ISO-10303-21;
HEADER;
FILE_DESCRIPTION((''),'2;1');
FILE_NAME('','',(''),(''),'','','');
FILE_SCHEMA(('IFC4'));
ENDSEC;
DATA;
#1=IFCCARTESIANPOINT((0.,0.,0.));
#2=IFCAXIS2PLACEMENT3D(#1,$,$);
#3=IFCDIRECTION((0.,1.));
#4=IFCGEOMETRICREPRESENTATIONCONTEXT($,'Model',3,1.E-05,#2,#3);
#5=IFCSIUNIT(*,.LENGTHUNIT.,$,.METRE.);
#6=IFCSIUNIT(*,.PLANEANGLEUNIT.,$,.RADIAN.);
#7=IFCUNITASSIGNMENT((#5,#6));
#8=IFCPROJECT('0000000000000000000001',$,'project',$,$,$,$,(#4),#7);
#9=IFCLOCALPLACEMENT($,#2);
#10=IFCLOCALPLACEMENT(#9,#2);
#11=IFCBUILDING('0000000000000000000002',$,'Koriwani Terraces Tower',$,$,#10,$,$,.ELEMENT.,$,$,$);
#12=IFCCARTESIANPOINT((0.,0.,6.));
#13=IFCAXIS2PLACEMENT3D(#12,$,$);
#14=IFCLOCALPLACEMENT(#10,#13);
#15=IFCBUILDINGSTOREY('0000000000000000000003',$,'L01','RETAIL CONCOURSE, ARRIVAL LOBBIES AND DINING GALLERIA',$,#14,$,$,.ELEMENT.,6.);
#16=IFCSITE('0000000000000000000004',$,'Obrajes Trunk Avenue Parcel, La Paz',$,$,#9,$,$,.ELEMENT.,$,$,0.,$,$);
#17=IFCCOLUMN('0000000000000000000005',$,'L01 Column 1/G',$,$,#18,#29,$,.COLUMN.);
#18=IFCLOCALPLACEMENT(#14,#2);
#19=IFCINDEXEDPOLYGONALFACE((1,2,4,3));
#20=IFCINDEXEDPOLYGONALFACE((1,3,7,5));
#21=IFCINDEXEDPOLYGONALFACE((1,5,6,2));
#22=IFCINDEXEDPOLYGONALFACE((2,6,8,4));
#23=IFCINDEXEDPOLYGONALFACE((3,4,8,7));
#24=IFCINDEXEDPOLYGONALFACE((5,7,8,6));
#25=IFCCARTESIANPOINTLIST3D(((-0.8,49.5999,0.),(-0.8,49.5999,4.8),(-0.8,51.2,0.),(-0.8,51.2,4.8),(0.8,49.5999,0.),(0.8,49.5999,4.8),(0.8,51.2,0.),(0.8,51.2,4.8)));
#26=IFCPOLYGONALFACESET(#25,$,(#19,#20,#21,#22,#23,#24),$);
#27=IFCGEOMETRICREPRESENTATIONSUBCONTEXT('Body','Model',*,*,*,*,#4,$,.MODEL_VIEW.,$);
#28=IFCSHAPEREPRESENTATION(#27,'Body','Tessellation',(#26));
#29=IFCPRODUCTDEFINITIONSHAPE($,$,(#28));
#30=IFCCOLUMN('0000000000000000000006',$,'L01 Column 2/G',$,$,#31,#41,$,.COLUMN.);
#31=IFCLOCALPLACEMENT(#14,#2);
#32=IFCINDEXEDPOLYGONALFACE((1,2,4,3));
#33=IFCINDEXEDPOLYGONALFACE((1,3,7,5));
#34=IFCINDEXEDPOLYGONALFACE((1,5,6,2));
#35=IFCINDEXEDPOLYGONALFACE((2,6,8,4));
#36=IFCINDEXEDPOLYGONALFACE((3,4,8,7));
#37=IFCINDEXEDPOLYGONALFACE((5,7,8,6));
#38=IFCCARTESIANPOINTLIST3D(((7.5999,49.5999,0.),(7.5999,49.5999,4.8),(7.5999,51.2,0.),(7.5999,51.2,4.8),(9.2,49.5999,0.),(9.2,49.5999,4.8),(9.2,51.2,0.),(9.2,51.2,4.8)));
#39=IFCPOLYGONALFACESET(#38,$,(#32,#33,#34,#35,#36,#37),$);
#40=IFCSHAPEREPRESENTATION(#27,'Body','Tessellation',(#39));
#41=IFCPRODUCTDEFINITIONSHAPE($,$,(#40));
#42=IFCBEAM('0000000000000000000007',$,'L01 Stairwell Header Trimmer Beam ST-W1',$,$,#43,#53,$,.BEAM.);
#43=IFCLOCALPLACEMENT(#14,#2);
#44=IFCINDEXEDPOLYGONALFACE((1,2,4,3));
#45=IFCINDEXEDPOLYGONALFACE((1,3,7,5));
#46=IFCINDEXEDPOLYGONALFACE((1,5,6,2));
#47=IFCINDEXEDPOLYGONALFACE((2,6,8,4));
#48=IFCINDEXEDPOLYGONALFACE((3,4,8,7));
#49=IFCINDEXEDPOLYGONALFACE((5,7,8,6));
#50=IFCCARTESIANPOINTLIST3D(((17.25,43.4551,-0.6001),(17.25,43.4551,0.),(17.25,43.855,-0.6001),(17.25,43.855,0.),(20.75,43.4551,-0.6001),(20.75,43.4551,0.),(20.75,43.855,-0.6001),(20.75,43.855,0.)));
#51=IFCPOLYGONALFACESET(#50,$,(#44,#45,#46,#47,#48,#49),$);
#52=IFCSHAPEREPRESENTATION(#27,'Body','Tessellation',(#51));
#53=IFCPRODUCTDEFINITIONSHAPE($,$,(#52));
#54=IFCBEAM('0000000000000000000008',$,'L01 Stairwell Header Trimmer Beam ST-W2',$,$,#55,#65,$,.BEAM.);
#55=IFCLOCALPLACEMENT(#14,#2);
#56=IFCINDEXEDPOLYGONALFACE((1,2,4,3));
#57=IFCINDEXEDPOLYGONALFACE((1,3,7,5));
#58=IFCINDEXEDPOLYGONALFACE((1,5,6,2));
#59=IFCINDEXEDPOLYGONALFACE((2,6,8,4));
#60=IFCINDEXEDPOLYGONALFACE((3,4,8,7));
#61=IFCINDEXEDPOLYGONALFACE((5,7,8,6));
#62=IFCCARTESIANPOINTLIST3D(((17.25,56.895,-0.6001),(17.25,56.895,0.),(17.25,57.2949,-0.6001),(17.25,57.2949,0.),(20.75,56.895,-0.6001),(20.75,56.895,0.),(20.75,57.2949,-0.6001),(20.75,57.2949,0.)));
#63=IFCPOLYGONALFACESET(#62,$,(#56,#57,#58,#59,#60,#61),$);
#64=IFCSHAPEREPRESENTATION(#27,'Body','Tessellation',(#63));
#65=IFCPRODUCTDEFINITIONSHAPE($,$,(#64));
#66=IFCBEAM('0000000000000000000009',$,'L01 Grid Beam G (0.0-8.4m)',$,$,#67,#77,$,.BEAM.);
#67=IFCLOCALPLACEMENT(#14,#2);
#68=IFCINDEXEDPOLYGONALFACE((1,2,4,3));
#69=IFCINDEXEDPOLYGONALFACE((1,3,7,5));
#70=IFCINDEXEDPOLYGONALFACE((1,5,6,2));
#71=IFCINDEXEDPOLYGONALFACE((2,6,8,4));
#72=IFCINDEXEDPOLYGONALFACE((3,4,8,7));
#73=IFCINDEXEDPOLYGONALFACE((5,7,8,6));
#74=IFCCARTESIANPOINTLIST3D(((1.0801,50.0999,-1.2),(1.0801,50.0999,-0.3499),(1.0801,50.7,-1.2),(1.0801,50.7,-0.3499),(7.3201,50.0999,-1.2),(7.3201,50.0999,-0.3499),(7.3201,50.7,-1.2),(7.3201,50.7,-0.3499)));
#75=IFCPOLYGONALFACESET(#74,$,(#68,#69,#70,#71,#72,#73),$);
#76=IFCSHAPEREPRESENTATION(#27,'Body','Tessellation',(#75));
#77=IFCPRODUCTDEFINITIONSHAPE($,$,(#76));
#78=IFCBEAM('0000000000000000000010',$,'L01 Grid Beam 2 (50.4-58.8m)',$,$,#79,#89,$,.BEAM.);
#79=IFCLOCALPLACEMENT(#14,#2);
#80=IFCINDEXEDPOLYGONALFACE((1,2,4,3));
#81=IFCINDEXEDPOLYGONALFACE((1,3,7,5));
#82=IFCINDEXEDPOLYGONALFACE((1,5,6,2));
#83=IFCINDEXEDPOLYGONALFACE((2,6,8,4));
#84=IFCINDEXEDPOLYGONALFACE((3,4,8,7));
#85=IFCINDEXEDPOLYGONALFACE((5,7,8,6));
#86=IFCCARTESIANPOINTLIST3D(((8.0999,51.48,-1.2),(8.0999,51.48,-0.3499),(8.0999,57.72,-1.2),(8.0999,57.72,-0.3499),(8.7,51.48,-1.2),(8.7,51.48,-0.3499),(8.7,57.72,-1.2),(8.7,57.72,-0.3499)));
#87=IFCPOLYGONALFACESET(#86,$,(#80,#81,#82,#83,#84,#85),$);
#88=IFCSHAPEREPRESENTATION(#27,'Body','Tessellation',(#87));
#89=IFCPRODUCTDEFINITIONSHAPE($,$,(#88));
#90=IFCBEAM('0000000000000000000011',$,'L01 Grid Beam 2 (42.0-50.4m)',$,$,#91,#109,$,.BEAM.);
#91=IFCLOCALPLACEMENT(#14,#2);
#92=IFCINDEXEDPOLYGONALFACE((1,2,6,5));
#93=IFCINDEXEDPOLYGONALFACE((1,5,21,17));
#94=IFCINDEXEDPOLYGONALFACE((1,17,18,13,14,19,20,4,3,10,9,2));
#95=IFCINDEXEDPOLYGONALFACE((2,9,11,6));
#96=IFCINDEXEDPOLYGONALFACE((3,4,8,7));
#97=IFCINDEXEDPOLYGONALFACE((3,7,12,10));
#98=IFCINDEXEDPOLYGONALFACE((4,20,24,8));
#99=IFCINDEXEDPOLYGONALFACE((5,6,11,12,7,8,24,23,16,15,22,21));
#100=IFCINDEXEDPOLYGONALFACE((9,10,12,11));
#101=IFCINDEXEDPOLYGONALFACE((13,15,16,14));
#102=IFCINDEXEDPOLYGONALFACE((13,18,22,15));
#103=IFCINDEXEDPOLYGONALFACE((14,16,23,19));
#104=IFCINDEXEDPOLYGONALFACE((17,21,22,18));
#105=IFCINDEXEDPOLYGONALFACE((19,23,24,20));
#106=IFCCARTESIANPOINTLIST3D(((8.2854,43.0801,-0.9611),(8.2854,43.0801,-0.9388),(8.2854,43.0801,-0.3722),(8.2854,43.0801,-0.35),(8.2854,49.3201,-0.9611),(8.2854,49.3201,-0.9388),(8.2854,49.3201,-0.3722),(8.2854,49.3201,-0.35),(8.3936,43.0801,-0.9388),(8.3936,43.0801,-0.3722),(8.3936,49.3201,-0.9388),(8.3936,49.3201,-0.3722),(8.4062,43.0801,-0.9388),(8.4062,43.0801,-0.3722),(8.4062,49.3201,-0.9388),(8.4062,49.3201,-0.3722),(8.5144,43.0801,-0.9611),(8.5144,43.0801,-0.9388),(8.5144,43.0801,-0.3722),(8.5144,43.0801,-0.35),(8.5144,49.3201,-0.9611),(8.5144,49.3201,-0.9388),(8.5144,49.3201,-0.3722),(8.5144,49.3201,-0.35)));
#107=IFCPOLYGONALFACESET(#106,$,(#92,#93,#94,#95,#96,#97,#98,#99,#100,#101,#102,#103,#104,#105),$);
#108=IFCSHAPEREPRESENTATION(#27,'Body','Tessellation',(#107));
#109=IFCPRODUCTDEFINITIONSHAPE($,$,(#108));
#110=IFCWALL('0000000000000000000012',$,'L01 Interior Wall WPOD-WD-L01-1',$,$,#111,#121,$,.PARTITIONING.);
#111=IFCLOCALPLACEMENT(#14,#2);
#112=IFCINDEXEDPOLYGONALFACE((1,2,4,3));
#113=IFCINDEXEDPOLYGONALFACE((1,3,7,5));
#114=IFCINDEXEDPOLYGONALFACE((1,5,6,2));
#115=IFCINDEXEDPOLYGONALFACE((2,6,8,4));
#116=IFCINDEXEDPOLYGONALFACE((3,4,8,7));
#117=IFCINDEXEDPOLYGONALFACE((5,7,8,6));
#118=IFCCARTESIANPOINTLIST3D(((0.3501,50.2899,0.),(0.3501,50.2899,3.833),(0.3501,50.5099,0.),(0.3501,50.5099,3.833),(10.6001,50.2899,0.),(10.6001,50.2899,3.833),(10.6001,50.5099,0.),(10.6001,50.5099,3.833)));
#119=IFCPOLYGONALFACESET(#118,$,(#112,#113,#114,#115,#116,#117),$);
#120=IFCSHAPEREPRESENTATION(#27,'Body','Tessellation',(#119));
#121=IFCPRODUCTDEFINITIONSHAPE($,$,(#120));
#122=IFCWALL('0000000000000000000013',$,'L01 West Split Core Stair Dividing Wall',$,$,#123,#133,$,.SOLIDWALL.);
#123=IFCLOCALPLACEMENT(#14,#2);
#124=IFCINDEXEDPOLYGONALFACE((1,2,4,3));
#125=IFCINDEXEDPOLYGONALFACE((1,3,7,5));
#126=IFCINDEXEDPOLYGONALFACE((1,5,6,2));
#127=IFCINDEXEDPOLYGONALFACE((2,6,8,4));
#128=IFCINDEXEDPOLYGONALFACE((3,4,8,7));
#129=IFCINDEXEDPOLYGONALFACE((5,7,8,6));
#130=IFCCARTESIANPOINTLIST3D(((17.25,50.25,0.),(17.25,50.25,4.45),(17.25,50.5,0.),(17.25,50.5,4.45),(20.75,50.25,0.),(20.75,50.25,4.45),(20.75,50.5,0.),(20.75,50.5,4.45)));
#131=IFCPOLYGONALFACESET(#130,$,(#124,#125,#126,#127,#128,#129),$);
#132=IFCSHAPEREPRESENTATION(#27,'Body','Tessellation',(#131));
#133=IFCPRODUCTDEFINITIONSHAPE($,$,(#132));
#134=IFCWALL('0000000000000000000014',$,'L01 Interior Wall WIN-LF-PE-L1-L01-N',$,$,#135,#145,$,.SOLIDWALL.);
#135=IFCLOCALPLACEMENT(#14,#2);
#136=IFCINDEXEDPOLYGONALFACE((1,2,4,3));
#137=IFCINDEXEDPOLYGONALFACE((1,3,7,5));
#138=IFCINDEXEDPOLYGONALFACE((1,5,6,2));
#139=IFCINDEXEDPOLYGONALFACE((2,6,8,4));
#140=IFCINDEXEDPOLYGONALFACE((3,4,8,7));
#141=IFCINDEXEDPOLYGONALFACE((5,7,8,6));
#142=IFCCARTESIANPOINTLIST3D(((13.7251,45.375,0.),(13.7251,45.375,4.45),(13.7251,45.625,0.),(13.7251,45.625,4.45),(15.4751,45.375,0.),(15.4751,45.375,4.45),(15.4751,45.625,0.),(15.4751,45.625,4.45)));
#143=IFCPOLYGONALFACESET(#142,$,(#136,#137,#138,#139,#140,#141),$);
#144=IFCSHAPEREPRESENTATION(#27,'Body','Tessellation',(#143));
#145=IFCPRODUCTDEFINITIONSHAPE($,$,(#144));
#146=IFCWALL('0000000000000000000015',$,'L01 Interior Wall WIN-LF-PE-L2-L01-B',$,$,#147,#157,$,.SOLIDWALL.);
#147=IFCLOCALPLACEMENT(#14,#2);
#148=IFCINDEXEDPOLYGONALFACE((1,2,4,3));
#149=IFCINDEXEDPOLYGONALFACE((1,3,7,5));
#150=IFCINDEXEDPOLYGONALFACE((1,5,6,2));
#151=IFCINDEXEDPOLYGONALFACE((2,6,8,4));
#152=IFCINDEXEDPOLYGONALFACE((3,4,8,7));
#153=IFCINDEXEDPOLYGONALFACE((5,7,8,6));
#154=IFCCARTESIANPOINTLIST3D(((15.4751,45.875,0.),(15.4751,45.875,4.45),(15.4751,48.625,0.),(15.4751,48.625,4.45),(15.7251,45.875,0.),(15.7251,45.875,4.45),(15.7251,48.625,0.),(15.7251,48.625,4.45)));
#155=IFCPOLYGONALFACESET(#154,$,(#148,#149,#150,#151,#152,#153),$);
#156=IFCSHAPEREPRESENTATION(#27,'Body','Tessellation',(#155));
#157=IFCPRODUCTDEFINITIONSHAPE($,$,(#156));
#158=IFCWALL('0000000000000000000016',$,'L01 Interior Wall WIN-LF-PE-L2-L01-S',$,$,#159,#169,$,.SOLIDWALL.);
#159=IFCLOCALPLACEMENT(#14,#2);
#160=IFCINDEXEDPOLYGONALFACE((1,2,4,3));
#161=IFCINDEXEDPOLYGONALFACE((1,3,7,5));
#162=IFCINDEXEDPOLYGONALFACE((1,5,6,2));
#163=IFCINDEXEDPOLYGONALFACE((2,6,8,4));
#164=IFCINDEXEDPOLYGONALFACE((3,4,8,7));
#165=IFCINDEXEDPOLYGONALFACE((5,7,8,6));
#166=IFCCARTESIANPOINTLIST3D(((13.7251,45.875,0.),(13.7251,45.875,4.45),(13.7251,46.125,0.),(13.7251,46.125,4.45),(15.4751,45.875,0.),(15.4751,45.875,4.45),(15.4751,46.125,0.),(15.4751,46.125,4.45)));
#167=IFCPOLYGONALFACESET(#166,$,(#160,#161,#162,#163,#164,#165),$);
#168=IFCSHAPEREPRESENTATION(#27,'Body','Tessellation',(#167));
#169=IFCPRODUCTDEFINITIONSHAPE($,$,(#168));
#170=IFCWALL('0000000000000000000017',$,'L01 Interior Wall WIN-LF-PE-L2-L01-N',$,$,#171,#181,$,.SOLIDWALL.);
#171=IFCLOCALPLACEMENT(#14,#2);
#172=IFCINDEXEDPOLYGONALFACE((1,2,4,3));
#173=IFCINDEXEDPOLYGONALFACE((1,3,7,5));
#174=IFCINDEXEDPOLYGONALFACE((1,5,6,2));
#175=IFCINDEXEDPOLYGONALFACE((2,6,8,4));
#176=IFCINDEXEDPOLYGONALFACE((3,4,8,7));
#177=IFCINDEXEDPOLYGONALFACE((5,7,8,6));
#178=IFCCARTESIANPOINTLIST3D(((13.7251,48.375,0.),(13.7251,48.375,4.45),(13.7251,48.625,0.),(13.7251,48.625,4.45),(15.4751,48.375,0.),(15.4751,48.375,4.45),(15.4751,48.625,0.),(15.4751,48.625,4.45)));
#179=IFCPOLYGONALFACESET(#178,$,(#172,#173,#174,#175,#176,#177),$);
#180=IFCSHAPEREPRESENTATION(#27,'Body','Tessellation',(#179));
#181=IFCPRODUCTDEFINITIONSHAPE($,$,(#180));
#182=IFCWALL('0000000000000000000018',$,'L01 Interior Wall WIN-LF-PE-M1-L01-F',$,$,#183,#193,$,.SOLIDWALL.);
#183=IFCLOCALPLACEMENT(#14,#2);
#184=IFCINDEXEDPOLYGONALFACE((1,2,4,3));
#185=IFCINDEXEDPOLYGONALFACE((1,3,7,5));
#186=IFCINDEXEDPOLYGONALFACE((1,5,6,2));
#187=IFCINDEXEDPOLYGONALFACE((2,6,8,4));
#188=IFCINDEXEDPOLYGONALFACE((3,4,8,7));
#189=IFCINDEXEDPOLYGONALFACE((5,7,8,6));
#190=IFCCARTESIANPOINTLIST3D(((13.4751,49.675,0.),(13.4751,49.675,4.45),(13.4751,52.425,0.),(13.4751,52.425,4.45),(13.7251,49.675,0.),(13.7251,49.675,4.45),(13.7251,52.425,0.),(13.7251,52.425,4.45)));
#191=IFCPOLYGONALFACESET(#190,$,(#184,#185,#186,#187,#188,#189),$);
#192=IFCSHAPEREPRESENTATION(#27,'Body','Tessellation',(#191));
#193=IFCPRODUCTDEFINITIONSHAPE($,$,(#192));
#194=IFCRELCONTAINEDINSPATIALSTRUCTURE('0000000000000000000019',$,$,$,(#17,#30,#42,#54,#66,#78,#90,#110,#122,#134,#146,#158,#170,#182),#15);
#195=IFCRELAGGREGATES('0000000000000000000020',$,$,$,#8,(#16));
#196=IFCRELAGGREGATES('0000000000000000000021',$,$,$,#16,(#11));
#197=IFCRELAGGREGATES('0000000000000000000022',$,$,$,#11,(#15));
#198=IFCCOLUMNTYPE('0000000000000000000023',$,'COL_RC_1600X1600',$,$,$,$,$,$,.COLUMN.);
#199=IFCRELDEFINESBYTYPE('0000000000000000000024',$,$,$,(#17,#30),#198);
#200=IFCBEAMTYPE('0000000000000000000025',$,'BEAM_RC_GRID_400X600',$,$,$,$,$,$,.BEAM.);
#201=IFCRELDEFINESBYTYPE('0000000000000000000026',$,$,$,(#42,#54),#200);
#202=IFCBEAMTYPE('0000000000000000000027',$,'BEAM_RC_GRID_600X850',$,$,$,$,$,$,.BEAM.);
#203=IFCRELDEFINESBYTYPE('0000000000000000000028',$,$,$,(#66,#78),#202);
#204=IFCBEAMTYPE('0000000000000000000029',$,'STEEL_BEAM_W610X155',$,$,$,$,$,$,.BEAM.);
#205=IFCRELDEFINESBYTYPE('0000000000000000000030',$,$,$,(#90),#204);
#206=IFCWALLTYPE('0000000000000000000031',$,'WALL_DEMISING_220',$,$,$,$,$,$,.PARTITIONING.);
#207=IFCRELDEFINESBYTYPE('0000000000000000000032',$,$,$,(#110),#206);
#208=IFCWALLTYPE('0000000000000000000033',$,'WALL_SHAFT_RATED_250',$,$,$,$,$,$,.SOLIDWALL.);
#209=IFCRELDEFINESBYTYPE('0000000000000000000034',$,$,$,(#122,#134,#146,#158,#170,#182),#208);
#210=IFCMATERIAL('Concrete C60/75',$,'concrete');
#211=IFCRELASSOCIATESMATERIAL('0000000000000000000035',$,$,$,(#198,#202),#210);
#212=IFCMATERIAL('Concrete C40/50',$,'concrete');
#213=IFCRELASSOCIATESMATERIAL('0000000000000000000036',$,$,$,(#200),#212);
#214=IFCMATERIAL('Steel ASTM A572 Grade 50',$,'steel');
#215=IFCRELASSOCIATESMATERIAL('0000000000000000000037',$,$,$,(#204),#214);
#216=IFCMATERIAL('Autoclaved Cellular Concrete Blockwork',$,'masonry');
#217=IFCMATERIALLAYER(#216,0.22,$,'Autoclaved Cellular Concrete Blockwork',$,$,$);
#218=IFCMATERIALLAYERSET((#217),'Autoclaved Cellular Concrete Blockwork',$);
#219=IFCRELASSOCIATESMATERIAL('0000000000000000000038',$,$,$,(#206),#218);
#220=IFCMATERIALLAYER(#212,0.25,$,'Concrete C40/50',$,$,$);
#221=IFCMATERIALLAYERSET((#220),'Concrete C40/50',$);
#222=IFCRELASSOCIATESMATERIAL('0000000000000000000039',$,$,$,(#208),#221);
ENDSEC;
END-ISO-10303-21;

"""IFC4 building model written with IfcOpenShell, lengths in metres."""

from ifc_helpers import new_model, si_unit, direction, frame, frame_2d, origin, origin_2d, place, context, subcontext, project, spatial, rectangle, i_section, extrude, material, layer, layer_set, material_profile, profile_set, type_object, element, save


model = new_model("IFC4")

# Units and contexts
model_context = context("Model", 3, precision=1e-05, world=origin(), true_north=direction((0.0, 1.0)))
body_context = subcontext(model_context, "Body", "Model", "MODEL_VIEW")
ifc_project = project(units=[si_unit("LENGTHUNIT", "METRE"), si_unit("PLANEANGLEUNIT", "RADIAN")], contexts=[model_context])

# Site, building, storey
site_placement = place(None, origin())
site = spatial("IfcSite", under=ifc_project, at=site_placement, Name="Obrajes Trunk Avenue Parcel, La Paz", CompositionType="ELEMENT", RefElevation=0.0)
building_placement = place(site_placement, origin())
building = spatial("IfcBuilding", under=site, at=building_placement, Name="Koriwani Terraces Tower", CompositionType="ELEMENT")
storey_placement = place(building_placement, frame((0.0, 0.0, 6.0)))
storey = spatial("IfcBuildingStorey", under=building, at=storey_placement, Name="L01", Description="RETAIL CONCOURSE, ARRIVAL LOBBIES AND DINING GALLERIA", CompositionType="ELEMENT", Elevation=6.0)

# Columns
ifc_material_1 = material(Name="Concrete C60/75", Category="concrete")
ifc_material_profile_1 = material_profile(ifc_material_1, rectangle(XDim=1.6001, YDim=1.6001, at=origin_2d()), Name="Concrete C60/75", Category="LoadBearing")
ifc_profile_set_1 = profile_set([ifc_material_profile_1], Name="Concrete C60/75")
column_type = type_object("IfcColumnType", Name="COL_RC_1600X1600", PredefinedType="COLUMN", material=ifc_profile_set_1)
for number, where, z_axis, x_axis, name in (
    (1, (0.0, 50.3999, 0.0), (0.0, 0.0, 1.0), (1.0, 0.0, 0.0), "L01 Column 1/G"),
    (2, (8.3999, 50.3999, 0.0), (0.0, 0.0, 1.0), (1.0, 0.0, 0.0), "L01 Column 2/G"),
):
    element("IfcColumn", number, at=place(storey_placement, frame(where, z_axis=z_axis, x_axis=x_axis)), inside=storey, type_object=column_type, Name=name, PredefinedType="COLUMN", context=body_context, shape_type="SweptSolid", body=[
        extrude(rectangle(XDim=1.6001, YDim=1.6001, at=origin_2d()), origin(), (0.0, 0.0, 1.0), 4.8),
    ])

# Beams
ifc_material_2 = material(Name="Concrete C40/50", Category="concrete")
ifc_material_profile_2 = material_profile(ifc_material_2, rectangle(XDim=0.3999, YDim=0.6001, at=origin_2d()), Name="Concrete C40/50", Category="LoadBearing")
ifc_profile_set_2 = profile_set([ifc_material_profile_2], Name="Concrete C40/50")
beam_type_1 = type_object("IfcBeamType", Name="BEAM_RC_GRID_400X600", PredefinedType="BEAM", material=ifc_profile_set_2)
for number, where, z_axis, x_axis, name in (
    (3, (17.25, 43.655, -0.3), (1.0, 0.0, 0.0), (0.0, 1.0, 0.0), "L01 Stairwell Header Trimmer Beam ST-W1"),
    (4, (17.25, 57.095, -0.3), (1.0, 0.0, 0.0), (0.0, 1.0, 0.0), "L01 Stairwell Header Trimmer Beam ST-W2"),
):
    element("IfcBeam", number, at=place(storey_placement, frame(where, z_axis=z_axis, x_axis=x_axis)), inside=storey, type_object=beam_type_1, Name=name, PredefinedType="BEAM", context=body_context, shape_type="SweptSolid", body=[
        extrude(rectangle(XDim=0.3999, YDim=0.6001, at=origin_2d()), origin(), (0.0, 0.0, 1.0), 3.5),
    ])
ifc_material_profile_3 = material_profile(ifc_material_1, rectangle(XDim=0.6001, YDim=0.8501, at=origin_2d()), Name="Concrete C60/75", Category="LoadBearing")
ifc_profile_set_3 = profile_set([ifc_material_profile_3], Name="Concrete C60/75")
beam_type_2 = type_object("IfcBeamType", Name="BEAM_RC_GRID_600X850", PredefinedType="BEAM", material=ifc_profile_set_3)
for number, where, z_axis, x_axis, name in (
    (5, (1.0801, 50.3999, -0.7749), (1.0, 0.0, 0.0), (0.0, 1.0, 0.0), "L01 Grid Beam G (0.0-8.4m)"),
    (6, (8.3999, 51.48, -0.7749), (0.0, 1.0, 0.0), (-1.0, 0.0, 0.0), "L01 Grid Beam 2 (50.4-58.8m)"),
):
    element("IfcBeam", number, at=place(storey_placement, frame(where, z_axis=z_axis, x_axis=x_axis)), inside=storey, type_object=beam_type_2, Name=name, PredefinedType="BEAM", context=body_context, shape_type="SweptSolid", body=[
        extrude(rectangle(XDim=0.6001, YDim=0.8501, at=origin_2d()), origin(), (0.0, 0.0, 1.0), 6.24),
    ])
ifc_material_3 = material(Name="Steel ASTM A572 Grade 50", Category="steel")
ifc_material_profile_4 = material_profile(ifc_material_3, i_section(OverallWidth=0.229, OverallDepth=0.6111, WebThickness=0.0127, FlangeThickness=0.0222, at=origin_2d()), Name="Steel ASTM A572 Grade 50", Category="LoadBearing")
ifc_profile_set_4 = profile_set([ifc_material_profile_4], Name="Steel ASTM A572 Grade 50")
beam_type_3 = type_object("IfcBeamType", Name="STEEL_BEAM_W610X155", PredefinedType="BEAM", material=ifc_profile_set_4)
beam_placement = place(storey_placement, frame((8.3999, 43.0801, -0.6555), z_axis=(0.0, 1.0, 0.0), x_axis=(-1.0, 0.0, 0.0)))
element("IfcBeam", 7, at=beam_placement, inside=storey, type_object=beam_type_3, Name="L01 Grid Beam 2 (42.0-50.4m)", PredefinedType="BEAM", context=body_context, shape_type="SweptSolid", body=[
    extrude(i_section(OverallWidth=0.229, OverallDepth=0.6111, WebThickness=0.0127, FlangeThickness=0.0222, at=origin_2d()), origin(), (0.0, 0.0, 1.0), 6.24),
])

# Walls
ifc_material_4 = material(Name="Autoclaved Cellular Concrete Blockwork", Category="masonry")
ifc_layer_1 = layer(ifc_material_4, 0.22, Name="Autoclaved Cellular Concrete Blockwork")
ifc_layer_set_1 = layer_set([ifc_layer_1], Name="Autoclaved Cellular Concrete Blockwork")
wall_type_1 = type_object("IfcWallType", Name="WALL_DEMISING_220", PredefinedType="PARTITIONING", material=ifc_layer_set_1)
wall_1_placement = place(storey_placement, frame((0.3501, 50.3999, 0.0), z_axis=(0.0, 0.0, 1.0), x_axis=(1.0, 0.0, 0.0)))
element("IfcWall", 8, at=wall_1_placement, inside=storey, type_object=wall_type_1, Name="L01 Interior Wall WPOD-WD-L01-1", PredefinedType="PARTITIONING", context=body_context, shape_type="SweptSolid", body=[
    extrude(rectangle(XDim=10.25, YDim=0.22, at=frame_2d((5.125, 0.0))), origin(), (0.0, 0.0, 1.0), 3.833),
])
ifc_layer_2 = layer(ifc_material_2, 0.25, Name="Concrete C40/50")
ifc_layer_set_2 = layer_set([ifc_layer_2], Name="Concrete C40/50")
wall_type_2 = type_object("IfcWallType", Name="WALL_SHAFT_RATED_250", PredefinedType="SOLIDWALL", material=ifc_layer_set_2)
wall_2_placement = place(storey_placement, frame((17.25, 50.375, 0.0), z_axis=(0.0, 0.0, 1.0), x_axis=(1.0, 0.0, 0.0)))
element("IfcWall", 9, at=wall_2_placement, inside=storey, type_object=wall_type_2, Name="L01 West Split Core Stair Dividing Wall", PredefinedType="SOLIDWALL", context=body_context, shape_type="SweptSolid", body=[
    extrude(rectangle(XDim=3.5, YDim=0.25, at=frame_2d((1.75, 0.0))), origin(), (0.0, 0.0, 1.0), 4.45),
])

# Wall
wall_3_placement = place(storey_placement, frame((13.7251, 45.5, 0.0), z_axis=(0.0, 0.0, 1.0), x_axis=(1.0, 0.0, 0.0)))
element("IfcWall", 10, at=wall_3_placement, inside=storey, type_object=wall_type_2, Name="L01 Interior Wall WIN-LF-PE-L1-L01-N", PredefinedType="SOLIDWALL", context=body_context, shape_type="SweptSolid", body=[
    extrude(rectangle(XDim=1.75, YDim=0.25, at=frame_2d((0.875, 0.0))), origin(), (0.0, 0.0, 1.0), 4.45),
])

# Walls
wall_4_placement = place(storey_placement, frame((15.6001, 45.875, 0.0), z_axis=(0.0, 0.0, 1.0), x_axis=(0.0, 1.0, 0.0)))
element("IfcWall", 11, at=wall_4_placement, inside=storey, type_object=wall_type_2, Name="L01 Interior Wall WIN-LF-PE-L2-L01-B", PredefinedType="SOLIDWALL", context=body_context, shape_type="SweptSolid", body=[
    extrude(rectangle(XDim=2.75, YDim=0.25, at=frame_2d((1.375, 0.0))), origin(), (0.0, 0.0, 1.0), 4.45),
])
for number, where, z_axis, x_axis, name in (
    (12, (13.7251, 46.0, 0.0), (0.0, 0.0, 1.0), (1.0, 0.0, 0.0), "L01 Interior Wall WIN-LF-PE-L2-L01-S"),
    (13, (13.7251, 48.5, 0.0), (0.0, 0.0, 1.0), (1.0, 0.0, 0.0), "L01 Interior Wall WIN-LF-PE-L2-L01-N"),
):
    element("IfcWall", number, at=place(storey_placement, frame(where, z_axis=z_axis, x_axis=x_axis)), inside=storey, type_object=wall_type_2, Name=name, PredefinedType="SOLIDWALL", context=body_context, shape_type="SweptSolid", body=[
        extrude(rectangle(XDim=1.75, YDim=0.25, at=frame_2d((0.875, 0.0))), origin(), (0.0, 0.0, 1.0), 4.45),
    ])
for number, where, z_axis, x_axis, name in (
    (14, (13.6001, 49.675, 0.0), (0.0, 0.0, 1.0), (0.0, 1.0, 0.0), "L01 Interior Wall WIN-LF-PE-M1-L01-F"),
):
    element("IfcWall", number, at=place(storey_placement, frame(where, z_axis=z_axis, x_axis=x_axis)), inside=storey, type_object=wall_type_2, Name=name, PredefinedType="SOLIDWALL", context=body_context, shape_type="SweptSolid", body=[
        extrude(rectangle(XDim=2.75, YDim=0.25, at=frame_2d((1.375, 0.0))), origin(), (0.0, 0.0, 1.0), 4.45),
    ])

save(model, "model.ifc")
